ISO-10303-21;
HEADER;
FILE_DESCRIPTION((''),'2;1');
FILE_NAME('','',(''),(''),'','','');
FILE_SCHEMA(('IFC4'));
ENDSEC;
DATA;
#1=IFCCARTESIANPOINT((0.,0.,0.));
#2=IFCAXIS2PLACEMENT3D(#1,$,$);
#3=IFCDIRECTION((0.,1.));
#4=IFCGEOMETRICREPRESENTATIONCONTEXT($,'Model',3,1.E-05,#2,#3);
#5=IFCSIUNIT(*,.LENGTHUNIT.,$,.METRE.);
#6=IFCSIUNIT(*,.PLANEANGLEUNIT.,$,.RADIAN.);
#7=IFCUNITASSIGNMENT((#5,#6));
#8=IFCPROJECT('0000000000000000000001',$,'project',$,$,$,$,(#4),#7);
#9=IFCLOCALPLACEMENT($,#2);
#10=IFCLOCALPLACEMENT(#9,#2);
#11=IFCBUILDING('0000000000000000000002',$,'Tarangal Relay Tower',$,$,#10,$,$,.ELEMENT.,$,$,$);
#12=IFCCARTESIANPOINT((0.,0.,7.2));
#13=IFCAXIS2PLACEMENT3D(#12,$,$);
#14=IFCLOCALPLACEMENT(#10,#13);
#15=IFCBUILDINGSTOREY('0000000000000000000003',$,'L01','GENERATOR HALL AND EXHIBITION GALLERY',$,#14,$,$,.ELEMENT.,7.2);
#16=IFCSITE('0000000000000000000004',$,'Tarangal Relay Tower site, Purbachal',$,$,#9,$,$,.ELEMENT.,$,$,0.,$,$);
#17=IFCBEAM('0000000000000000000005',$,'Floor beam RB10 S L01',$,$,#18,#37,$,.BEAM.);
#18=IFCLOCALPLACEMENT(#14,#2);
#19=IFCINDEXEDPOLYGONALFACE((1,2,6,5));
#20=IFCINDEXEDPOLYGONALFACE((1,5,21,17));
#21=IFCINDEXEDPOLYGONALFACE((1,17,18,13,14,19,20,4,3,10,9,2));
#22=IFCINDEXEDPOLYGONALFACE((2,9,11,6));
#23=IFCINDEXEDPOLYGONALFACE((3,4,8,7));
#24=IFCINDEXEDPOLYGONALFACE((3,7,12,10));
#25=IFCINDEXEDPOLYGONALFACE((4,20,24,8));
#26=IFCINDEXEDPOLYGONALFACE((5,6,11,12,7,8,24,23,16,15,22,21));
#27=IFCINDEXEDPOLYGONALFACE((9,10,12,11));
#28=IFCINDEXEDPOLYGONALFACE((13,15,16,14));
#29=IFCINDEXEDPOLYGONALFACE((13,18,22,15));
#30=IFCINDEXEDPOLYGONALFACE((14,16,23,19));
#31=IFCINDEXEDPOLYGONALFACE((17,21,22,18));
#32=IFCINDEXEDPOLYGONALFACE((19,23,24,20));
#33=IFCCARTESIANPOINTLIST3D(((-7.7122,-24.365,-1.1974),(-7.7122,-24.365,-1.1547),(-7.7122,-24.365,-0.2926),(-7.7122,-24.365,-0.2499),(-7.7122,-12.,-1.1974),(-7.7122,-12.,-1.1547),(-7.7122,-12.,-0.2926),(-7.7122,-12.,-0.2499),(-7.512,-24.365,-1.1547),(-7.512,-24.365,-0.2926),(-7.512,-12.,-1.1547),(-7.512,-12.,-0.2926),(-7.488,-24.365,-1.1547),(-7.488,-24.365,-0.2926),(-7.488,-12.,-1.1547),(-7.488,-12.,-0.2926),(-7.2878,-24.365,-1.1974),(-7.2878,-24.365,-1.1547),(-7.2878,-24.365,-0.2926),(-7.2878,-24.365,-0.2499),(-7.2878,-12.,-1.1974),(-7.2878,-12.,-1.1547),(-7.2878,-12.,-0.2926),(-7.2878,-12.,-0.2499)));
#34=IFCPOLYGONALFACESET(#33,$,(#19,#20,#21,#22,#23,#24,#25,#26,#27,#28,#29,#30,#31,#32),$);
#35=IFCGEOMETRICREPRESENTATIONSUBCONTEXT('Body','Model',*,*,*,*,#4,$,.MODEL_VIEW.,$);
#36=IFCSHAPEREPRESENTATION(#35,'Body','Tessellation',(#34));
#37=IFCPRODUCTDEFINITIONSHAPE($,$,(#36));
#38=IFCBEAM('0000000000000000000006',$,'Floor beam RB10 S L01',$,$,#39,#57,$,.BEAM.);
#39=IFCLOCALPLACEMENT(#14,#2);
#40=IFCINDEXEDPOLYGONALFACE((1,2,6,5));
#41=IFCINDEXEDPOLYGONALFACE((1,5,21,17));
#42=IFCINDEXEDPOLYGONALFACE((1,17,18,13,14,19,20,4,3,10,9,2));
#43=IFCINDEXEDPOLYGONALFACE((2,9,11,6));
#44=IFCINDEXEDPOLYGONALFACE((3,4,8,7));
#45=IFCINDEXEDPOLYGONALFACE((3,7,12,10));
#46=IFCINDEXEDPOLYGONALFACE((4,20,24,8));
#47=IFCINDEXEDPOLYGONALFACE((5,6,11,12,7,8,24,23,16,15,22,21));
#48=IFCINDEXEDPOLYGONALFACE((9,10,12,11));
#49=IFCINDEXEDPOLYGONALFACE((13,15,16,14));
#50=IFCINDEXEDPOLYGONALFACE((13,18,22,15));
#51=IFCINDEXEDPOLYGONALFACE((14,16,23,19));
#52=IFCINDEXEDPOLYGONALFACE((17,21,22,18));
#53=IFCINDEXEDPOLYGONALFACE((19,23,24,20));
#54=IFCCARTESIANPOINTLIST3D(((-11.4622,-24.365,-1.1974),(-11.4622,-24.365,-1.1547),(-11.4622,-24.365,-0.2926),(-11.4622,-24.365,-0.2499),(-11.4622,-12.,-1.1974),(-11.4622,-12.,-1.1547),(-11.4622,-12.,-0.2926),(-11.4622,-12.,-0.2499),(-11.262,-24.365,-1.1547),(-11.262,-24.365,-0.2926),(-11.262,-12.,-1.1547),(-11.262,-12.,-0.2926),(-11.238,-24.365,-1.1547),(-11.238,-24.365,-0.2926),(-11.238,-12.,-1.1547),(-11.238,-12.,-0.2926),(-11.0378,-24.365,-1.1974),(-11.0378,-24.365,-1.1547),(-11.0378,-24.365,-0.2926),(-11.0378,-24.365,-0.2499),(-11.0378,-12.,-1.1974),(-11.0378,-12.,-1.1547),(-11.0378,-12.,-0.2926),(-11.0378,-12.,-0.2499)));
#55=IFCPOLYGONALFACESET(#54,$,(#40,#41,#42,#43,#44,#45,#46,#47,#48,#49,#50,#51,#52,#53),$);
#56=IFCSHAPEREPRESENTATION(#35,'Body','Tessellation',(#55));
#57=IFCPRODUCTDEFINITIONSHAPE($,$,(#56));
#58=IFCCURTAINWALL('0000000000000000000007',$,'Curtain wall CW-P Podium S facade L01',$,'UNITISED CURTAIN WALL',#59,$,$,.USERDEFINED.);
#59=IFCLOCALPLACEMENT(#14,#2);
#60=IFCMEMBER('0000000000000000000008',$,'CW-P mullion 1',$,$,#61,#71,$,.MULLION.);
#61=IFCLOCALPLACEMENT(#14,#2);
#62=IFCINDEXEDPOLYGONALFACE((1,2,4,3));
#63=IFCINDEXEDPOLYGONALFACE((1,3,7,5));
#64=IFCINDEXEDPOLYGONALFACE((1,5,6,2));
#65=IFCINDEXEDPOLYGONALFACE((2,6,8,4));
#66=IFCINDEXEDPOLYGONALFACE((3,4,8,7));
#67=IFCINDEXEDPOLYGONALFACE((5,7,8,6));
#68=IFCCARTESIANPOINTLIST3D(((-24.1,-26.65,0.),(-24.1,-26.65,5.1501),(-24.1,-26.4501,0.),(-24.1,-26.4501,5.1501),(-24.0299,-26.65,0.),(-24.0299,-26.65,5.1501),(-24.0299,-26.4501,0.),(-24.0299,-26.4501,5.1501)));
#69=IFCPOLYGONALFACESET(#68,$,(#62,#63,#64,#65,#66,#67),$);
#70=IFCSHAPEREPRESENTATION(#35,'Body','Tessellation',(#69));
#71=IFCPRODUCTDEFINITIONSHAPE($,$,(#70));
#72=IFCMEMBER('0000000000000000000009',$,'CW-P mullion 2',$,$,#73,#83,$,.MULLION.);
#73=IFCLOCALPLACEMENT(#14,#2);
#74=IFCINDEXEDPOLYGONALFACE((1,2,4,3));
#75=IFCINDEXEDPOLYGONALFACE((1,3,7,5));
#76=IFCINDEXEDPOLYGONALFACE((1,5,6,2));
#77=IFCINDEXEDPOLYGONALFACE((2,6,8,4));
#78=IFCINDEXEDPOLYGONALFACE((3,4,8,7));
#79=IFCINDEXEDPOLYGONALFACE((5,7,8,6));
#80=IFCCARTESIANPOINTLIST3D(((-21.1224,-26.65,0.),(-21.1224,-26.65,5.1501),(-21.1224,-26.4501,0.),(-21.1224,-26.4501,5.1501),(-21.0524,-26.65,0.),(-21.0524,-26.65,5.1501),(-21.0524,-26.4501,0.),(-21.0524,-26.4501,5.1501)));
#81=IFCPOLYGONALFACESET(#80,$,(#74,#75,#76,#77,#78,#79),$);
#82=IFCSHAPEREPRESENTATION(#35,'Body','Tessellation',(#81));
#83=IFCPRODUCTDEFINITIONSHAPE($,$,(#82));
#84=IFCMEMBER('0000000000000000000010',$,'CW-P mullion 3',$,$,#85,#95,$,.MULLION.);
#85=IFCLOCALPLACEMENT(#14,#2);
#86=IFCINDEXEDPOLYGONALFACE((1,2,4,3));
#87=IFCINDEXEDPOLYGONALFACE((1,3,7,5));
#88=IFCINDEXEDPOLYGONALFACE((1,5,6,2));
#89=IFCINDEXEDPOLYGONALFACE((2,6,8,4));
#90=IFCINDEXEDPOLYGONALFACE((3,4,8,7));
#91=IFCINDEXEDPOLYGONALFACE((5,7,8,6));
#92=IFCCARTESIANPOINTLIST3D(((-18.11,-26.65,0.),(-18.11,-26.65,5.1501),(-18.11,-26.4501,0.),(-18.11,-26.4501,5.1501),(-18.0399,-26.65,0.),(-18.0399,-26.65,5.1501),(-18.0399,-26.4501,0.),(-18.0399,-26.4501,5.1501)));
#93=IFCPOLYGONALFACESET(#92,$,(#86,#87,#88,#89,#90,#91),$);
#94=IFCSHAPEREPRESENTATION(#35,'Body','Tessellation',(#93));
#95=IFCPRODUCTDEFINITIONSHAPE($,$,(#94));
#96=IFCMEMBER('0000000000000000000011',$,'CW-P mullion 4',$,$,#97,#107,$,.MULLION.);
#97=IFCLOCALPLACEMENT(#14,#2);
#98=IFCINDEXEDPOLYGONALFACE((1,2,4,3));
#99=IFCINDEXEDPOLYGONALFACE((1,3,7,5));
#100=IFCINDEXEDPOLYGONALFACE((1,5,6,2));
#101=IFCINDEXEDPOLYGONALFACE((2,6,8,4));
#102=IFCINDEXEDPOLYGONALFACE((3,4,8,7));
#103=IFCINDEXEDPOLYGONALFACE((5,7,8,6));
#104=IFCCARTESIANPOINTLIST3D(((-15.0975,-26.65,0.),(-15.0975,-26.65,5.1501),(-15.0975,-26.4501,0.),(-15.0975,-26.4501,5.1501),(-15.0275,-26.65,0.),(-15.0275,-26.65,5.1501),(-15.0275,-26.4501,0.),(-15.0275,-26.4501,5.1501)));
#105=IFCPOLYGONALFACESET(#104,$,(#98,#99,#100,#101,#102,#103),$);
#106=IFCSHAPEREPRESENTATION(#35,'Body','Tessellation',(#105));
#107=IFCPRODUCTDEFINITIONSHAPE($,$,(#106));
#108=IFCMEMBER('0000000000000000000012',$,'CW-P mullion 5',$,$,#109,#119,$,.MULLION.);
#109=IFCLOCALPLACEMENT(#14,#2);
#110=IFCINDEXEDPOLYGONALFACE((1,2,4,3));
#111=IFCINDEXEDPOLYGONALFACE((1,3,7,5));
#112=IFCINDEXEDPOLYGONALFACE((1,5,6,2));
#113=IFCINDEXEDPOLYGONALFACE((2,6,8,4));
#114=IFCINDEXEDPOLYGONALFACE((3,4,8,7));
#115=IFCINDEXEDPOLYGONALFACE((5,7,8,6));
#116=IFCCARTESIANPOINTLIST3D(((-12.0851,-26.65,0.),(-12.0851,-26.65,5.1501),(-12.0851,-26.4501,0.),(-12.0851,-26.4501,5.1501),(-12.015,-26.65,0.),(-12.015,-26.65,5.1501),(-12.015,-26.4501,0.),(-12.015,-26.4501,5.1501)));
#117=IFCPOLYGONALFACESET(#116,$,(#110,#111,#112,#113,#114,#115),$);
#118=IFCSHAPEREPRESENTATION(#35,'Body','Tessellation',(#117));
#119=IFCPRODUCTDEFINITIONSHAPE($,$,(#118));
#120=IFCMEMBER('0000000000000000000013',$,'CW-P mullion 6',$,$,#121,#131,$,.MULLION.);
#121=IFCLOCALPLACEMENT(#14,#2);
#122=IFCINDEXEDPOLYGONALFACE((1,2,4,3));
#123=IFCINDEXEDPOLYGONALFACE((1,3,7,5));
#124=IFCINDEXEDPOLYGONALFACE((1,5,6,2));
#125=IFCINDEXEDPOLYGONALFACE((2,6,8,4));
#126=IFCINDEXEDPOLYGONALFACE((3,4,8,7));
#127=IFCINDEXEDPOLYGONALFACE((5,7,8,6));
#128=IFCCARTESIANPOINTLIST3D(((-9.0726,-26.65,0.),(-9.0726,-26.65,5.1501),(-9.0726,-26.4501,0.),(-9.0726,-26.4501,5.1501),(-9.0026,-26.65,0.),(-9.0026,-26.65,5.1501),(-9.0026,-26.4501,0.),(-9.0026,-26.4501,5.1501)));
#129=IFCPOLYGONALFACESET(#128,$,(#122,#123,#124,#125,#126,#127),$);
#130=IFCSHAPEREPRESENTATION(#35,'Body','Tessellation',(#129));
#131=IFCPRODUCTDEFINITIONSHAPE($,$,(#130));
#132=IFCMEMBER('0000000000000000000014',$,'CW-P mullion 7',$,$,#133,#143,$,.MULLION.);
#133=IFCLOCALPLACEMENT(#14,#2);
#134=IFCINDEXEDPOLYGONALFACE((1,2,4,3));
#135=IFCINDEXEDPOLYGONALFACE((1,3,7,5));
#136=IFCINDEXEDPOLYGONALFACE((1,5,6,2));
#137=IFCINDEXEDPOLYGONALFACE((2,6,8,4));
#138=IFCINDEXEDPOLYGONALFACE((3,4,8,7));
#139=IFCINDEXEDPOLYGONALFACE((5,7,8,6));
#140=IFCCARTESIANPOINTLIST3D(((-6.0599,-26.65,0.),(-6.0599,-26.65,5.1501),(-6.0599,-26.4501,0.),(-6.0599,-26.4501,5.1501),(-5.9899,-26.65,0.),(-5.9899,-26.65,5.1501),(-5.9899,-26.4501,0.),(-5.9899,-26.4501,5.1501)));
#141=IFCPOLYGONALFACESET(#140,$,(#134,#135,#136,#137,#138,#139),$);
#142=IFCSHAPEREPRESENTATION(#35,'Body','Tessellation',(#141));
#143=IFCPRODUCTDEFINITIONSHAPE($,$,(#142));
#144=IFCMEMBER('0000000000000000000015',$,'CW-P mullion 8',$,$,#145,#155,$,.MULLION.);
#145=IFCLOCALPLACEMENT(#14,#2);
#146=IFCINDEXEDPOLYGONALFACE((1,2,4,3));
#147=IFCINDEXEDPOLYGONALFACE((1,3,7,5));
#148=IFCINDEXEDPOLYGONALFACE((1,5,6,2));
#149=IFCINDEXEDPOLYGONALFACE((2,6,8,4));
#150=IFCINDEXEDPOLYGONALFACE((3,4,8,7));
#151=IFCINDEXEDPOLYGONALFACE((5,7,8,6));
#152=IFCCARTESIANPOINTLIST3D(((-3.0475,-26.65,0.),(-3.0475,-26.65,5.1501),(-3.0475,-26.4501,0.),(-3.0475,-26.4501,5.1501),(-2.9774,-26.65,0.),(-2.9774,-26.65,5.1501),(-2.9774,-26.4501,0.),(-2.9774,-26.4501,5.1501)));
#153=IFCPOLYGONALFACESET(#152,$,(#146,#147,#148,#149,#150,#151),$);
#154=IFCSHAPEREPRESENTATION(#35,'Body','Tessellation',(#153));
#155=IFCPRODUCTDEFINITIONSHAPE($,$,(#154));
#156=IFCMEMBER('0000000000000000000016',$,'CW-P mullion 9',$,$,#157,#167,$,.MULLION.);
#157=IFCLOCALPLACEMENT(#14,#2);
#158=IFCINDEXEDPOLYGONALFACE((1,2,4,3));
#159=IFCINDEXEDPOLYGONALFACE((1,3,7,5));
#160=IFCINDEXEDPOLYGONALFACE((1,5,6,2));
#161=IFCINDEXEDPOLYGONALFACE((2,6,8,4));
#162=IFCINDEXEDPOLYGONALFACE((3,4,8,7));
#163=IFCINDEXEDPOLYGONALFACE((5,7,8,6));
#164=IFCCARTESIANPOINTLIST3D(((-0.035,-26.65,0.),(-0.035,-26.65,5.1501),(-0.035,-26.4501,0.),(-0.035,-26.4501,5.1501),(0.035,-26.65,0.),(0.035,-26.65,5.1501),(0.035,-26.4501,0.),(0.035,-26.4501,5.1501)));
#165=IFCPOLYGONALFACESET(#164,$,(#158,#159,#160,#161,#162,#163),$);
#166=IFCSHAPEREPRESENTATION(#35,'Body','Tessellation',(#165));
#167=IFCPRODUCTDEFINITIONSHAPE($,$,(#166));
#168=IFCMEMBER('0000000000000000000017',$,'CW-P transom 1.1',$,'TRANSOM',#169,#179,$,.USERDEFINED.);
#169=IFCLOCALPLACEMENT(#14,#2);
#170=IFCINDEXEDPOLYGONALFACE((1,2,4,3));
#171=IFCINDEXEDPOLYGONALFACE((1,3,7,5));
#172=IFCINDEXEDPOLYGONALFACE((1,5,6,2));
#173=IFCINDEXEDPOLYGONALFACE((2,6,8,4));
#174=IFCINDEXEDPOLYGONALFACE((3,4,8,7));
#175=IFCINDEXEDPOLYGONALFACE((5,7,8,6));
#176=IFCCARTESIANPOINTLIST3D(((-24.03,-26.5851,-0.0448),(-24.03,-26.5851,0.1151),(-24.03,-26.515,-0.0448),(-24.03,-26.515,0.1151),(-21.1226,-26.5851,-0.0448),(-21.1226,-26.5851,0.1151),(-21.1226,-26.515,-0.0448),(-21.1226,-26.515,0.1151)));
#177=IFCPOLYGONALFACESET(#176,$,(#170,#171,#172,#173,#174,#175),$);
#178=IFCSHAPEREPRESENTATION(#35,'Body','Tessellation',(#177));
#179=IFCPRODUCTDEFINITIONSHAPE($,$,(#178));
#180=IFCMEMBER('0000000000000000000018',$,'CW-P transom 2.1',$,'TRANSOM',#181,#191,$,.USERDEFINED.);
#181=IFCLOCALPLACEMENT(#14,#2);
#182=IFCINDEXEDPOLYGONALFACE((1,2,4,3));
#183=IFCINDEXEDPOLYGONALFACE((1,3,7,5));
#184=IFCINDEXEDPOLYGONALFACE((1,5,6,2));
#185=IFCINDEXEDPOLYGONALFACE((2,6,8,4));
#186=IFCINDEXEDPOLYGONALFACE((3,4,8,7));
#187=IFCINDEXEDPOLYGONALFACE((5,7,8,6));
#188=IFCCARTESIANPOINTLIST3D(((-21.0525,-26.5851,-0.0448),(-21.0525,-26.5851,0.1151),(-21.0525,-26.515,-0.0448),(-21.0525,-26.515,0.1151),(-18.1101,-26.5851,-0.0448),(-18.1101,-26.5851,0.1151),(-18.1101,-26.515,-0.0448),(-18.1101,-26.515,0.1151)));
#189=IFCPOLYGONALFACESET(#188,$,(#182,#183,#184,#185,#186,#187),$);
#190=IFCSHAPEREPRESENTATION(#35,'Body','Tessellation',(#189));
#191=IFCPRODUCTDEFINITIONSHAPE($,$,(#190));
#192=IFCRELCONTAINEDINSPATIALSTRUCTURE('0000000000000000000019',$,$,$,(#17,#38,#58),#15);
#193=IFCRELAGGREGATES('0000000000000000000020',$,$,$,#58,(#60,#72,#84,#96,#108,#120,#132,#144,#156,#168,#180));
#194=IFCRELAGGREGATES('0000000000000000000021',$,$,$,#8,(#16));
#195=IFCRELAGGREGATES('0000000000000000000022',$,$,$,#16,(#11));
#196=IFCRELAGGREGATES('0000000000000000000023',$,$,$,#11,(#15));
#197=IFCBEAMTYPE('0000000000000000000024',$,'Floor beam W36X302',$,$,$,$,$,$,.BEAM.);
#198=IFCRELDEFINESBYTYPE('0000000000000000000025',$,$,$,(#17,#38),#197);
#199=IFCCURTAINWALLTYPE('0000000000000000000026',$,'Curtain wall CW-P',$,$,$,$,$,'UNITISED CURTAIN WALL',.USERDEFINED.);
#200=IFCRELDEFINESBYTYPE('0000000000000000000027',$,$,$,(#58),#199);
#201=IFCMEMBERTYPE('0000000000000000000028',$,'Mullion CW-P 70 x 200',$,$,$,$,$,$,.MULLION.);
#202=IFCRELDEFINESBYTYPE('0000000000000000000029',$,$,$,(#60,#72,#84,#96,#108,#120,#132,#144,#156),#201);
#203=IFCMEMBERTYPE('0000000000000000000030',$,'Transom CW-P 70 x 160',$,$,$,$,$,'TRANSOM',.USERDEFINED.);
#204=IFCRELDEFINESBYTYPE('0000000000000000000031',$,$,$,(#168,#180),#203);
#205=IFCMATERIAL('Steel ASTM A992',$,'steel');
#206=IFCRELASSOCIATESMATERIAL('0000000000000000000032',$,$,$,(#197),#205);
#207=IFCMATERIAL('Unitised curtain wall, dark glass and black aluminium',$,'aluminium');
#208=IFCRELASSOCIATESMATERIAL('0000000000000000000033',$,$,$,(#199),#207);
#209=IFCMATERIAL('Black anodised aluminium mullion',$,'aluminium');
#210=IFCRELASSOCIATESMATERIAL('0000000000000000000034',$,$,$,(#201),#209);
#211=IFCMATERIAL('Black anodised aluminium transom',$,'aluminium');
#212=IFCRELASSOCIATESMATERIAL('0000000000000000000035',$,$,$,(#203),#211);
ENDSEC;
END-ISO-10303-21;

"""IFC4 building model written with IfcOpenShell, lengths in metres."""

from ifc_helpers import new_model, si_unit, direction, frame, origin, origin_2d, place, context, subcontext, project, spatial, rectangle, i_section, extrude, material, material_profile, profile_set, type_object, element, aggregate, save


model = new_model("IFC4")

# Units and contexts
model_context = context("Model", 3, precision=1e-05, world=origin(), true_north=direction((0.0, 1.0)))
body_context = subcontext(model_context, "Body", "Model", "MODEL_VIEW")
ifc_project = project(units=[si_unit("LENGTHUNIT", "METRE"), si_unit("PLANEANGLEUNIT", "RADIAN")], contexts=[model_context])

# Site, building, storey
site_placement = place(None, origin())
site = spatial("IfcSite", under=ifc_project, at=site_placement, Name="Tarangal Relay Tower site, Purbachal", CompositionType="ELEMENT", RefElevation=0.0)
building_placement = place(site_placement, origin())
building = spatial("IfcBuilding", under=site, at=building_placement, Name="Tarangal Relay Tower", CompositionType="ELEMENT")
storey_placement = place(building_placement, frame((0.0, 0.0, 7.2)))
storey = spatial("IfcBuildingStorey", under=building, at=storey_placement, Name="L01", Description="GENERATOR HALL AND EXHIBITION GALLERY", CompositionType="ELEMENT", Elevation=7.2)

# Beams
ifc_material_1 = material(Name="Steel ASTM A992", Category="steel")
ifc_material_profile_1 = material_profile(ifc_material_1, i_section(OverallWidth=0.4243, OverallDepth=0.9475, WebThickness=0.0239, FlangeThickness=0.0427, at=origin_2d()), Name="W36X302")
ifc_profile_set_1 = profile_set([ifc_material_profile_1], Name="Steel ASTM A992")
beam_type_1 = type_object("IfcBeamType", Name="Floor beam W36X302", PredefinedType="BEAM", material=ifc_profile_set_1)
for number, where, z_axis, x_axis, name in (
    (1, (-7.5, -12.0, -0.7236), (0.0, -1.0, 0.0), (1.0, 0.0, 0.0), "Floor beam RB10 S L01"),
    (2, (-11.25, -12.0, -0.7236), (0.0, -1.0, 0.0), (1.0, 0.0, 0.0), "Floor beam RB10 S L01"),
):
    element("IfcBeam", number, at=place(storey_placement, frame(where, z_axis=z_axis, x_axis=x_axis)), inside=storey, type_object=beam_type_1, Name=name, PredefinedType="BEAM", context=body_context, shape_type="SweptSolid", body=[
        extrude(i_section(OverallWidth=0.4243, OverallDepth=0.9475, WebThickness=0.0239, FlangeThickness=0.0427, at=origin_2d()), origin(), (0.0, 0.0, 1.0), 12.365),
    ])

# Curtain wall, members
ifc_material_2 = material(Name="Unitised curtain wall, dark glass and black aluminium", Category="aluminium")
curtain_wall_type = type_object("IfcCurtainWallType", Name="Curtain wall CW-P", ElementType="UNITISED CURTAIN WALL", PredefinedType="USERDEFINED", material=ifc_material_2)
curtain_wall_placement = place(storey_placement, origin())
curtain_wall = element("IfcCurtainWall", 3, at=curtain_wall_placement, inside=storey, type_object=curtain_wall_type, Name="Curtain wall CW-P Podium S facade L01", ObjectType="UNITISED CURTAIN WALL", PredefinedType="USERDEFINED")
ifc_material_3 = material(Name="Black anodised aluminium mullion", Category="aluminium")
ifc_material_profile_2 = material_profile(ifc_material_3, rectangle(XDim=0.2, YDim=0.0701, at=origin_2d()), Name="CW-PM 70X200")
ifc_profile_set_2 = profile_set([ifc_material_profile_2], Name="Black anodised aluminium mullion")
member_type_1 = type_object("IfcMemberType", Name="Mullion CW-P 70 x 200", PredefinedType="MULLION", material=ifc_profile_set_2)
member_1_placement = place(storey_placement, frame((-24.0649, -26.55, 0.0), z_axis=(0.0, 0.0, 1.0), x_axis=(0.0, 1.0, 0.0)))
member_1 = element("IfcMember", 4, at=member_1_placement, type_object=member_type_1, Name="CW-P mullion 1", PredefinedType="MULLION", context=body_context, shape_type="SweptSolid", body=[
    extrude(rectangle(XDim=0.2, YDim=0.0701, at=origin_2d()), origin(), (0.0, 0.0, 1.0), 5.1501),
])
member_2_placement = place(storey_placement, frame((-21.0874, -26.55, 0.0), z_axis=(0.0, 0.0, 1.0), x_axis=(0.0, 1.0, 0.0)))
member_2 = element("IfcMember", 5, at=member_2_placement, type_object=member_type_1, Name="CW-P mullion 2", PredefinedType="MULLION", context=body_context, shape_type="SweptSolid", body=[
    extrude(rectangle(XDim=0.2, YDim=0.0701, at=origin_2d()), origin(), (0.0, 0.0, 1.0), 5.1501),
])
member_3_placement = place(storey_placement, frame((-18.075, -26.55, 0.0), z_axis=(0.0, 0.0, 1.0), x_axis=(0.0, 1.0, 0.0)))
member_3 = element("IfcMember", 6, at=member_3_placement, type_object=member_type_1, Name="CW-P mullion 3", PredefinedType="MULLION", context=body_context, shape_type="SweptSolid", body=[
    extrude(rectangle(XDim=0.2, YDim=0.0701, at=origin_2d()), origin(), (0.0, 0.0, 1.0), 5.1501),
])
member_4_placement = place(storey_placement, frame((-15.0625, -26.55, 0.0), z_axis=(0.0, 0.0, 1.0), x_axis=(0.0, 1.0, 0.0)))
member_4 = element("IfcMember", 7, at=member_4_placement, type_object=member_type_1, Name="CW-P mullion 4", PredefinedType="MULLION", context=body_context, shape_type="SweptSolid", body=[
    extrude(rectangle(XDim=0.2, YDim=0.0701, at=origin_2d()), origin(), (0.0, 0.0, 1.0), 5.1501),
])
member_5_placement = place(storey_placement, frame((-12.05, -26.55, 0.0), z_axis=(0.0, 0.0, 1.0), x_axis=(0.0, 1.0, 0.0)))
member_5 = element("IfcMember", 8, at=member_5_placement, type_object=member_type_1, Name="CW-P mullion 5", PredefinedType="MULLION", context=body_context, shape_type="SweptSolid", body=[
    extrude(rectangle(XDim=0.2, YDim=0.0701, at=origin_2d()), origin(), (0.0, 0.0, 1.0), 5.1501),
])
member_6_placement = place(storey_placement, frame((-9.0376, -26.55, 0.0), z_axis=(0.0, 0.0, 1.0), x_axis=(0.0, 1.0, 0.0)))
member_6 = element("IfcMember", 9, at=member_6_placement, type_object=member_type_1, Name="CW-P mullion 6", PredefinedType="MULLION", context=body_context, shape_type="SweptSolid", body=[
    extrude(rectangle(XDim=0.2, YDim=0.0701, at=origin_2d()), origin(), (0.0, 0.0, 1.0), 5.1501),
])
member_7_placement = place(storey_placement, frame((-6.0249, -26.55, 0.0), z_axis=(0.0, 0.0, 1.0), x_axis=(0.0, 1.0, 0.0)))
member_7 = element("IfcMember", 10, at=member_7_placement, type_object=member_type_1, Name="CW-P mullion 7", PredefinedType="MULLION", context=body_context, shape_type="SweptSolid", body=[
    extrude(rectangle(XDim=0.2, YDim=0.0701, at=origin_2d()), origin(), (0.0, 0.0, 1.0), 5.1501),
])
member_8_placement = place(storey_placement, frame((-3.0125, -26.55, 0.0), z_axis=(0.0, 0.0, 1.0), x_axis=(0.0, 1.0, 0.0)))
member_8 = element("IfcMember", 11, at=member_8_placement, type_object=member_type_1, Name="CW-P mullion 8", PredefinedType="MULLION", context=body_context, shape_type="SweptSolid", body=[
    extrude(rectangle(XDim=0.2, YDim=0.0701, at=origin_2d()), origin(), (0.0, 0.0, 1.0), 5.1501),
])
member_9_placement = place(storey_placement, frame((0.0, -26.55, 0.0), z_axis=(0.0, 0.0, 1.0), x_axis=(0.0, 1.0, 0.0)))
member_9 = element("IfcMember", 12, at=member_9_placement, type_object=member_type_1, Name="CW-P mullion 9", PredefinedType="MULLION", context=body_context, shape_type="SweptSolid", body=[
    extrude(rectangle(XDim=0.2, YDim=0.0701, at=origin_2d()), origin(), (0.0, 0.0, 1.0), 5.1501),
])
ifc_material_4 = material(Name="Black anodised aluminium transom", Category="aluminium")
ifc_material_profile_3 = material_profile(ifc_material_4, rectangle(XDim=0.0701, YDim=0.1599, at=origin_2d()), Name="CW-PT 70X160")
ifc_profile_set_3 = profile_set([ifc_material_profile_3], Name="Black anodised aluminium transom")
member_type_2 = type_object("IfcMemberType", Name="Transom CW-P 70 x 160", ElementType="TRANSOM", PredefinedType="USERDEFINED", material=ifc_profile_set_3)
member_10_placement = place(storey_placement, frame((-24.03, -26.55, 0.0352), z_axis=(1.0, 0.0, 0.0), x_axis=(0.0, 1.0, 0.0)))
member_10 = element("IfcMember", 13, at=member_10_placement, type_object=member_type_2, Name="CW-P transom 1.1", ObjectType="TRANSOM", PredefinedType="USERDEFINED", context=body_context, shape_type="SweptSolid", body=[
    extrude(rectangle(XDim=0.0701, YDim=0.1599, at=origin_2d()), origin(), (0.0, 0.0, 1.0), 2.9075),
])
member_11_placement = place(storey_placement, frame((-21.0525, -26.55, 0.0352), z_axis=(1.0, 0.0, 0.0), x_axis=(0.0, 1.0, 0.0)))
member_11 = element("IfcMember", 14, at=member_11_placement, type_object=member_type_2, Name="CW-P transom 2.1", ObjectType="TRANSOM", PredefinedType="USERDEFINED", context=body_context, shape_type="SweptSolid", body=[
    extrude(rectangle(XDim=0.0701, YDim=0.1599, at=origin_2d()), origin(), (0.0, 0.0, 1.0), 2.9424),
])
aggregate(curtain_wall, [member_1, member_2, member_3, member_4, member_5, member_6, member_7, member_8, member_9, member_10, member_11])

save(model, "model.ifc")
